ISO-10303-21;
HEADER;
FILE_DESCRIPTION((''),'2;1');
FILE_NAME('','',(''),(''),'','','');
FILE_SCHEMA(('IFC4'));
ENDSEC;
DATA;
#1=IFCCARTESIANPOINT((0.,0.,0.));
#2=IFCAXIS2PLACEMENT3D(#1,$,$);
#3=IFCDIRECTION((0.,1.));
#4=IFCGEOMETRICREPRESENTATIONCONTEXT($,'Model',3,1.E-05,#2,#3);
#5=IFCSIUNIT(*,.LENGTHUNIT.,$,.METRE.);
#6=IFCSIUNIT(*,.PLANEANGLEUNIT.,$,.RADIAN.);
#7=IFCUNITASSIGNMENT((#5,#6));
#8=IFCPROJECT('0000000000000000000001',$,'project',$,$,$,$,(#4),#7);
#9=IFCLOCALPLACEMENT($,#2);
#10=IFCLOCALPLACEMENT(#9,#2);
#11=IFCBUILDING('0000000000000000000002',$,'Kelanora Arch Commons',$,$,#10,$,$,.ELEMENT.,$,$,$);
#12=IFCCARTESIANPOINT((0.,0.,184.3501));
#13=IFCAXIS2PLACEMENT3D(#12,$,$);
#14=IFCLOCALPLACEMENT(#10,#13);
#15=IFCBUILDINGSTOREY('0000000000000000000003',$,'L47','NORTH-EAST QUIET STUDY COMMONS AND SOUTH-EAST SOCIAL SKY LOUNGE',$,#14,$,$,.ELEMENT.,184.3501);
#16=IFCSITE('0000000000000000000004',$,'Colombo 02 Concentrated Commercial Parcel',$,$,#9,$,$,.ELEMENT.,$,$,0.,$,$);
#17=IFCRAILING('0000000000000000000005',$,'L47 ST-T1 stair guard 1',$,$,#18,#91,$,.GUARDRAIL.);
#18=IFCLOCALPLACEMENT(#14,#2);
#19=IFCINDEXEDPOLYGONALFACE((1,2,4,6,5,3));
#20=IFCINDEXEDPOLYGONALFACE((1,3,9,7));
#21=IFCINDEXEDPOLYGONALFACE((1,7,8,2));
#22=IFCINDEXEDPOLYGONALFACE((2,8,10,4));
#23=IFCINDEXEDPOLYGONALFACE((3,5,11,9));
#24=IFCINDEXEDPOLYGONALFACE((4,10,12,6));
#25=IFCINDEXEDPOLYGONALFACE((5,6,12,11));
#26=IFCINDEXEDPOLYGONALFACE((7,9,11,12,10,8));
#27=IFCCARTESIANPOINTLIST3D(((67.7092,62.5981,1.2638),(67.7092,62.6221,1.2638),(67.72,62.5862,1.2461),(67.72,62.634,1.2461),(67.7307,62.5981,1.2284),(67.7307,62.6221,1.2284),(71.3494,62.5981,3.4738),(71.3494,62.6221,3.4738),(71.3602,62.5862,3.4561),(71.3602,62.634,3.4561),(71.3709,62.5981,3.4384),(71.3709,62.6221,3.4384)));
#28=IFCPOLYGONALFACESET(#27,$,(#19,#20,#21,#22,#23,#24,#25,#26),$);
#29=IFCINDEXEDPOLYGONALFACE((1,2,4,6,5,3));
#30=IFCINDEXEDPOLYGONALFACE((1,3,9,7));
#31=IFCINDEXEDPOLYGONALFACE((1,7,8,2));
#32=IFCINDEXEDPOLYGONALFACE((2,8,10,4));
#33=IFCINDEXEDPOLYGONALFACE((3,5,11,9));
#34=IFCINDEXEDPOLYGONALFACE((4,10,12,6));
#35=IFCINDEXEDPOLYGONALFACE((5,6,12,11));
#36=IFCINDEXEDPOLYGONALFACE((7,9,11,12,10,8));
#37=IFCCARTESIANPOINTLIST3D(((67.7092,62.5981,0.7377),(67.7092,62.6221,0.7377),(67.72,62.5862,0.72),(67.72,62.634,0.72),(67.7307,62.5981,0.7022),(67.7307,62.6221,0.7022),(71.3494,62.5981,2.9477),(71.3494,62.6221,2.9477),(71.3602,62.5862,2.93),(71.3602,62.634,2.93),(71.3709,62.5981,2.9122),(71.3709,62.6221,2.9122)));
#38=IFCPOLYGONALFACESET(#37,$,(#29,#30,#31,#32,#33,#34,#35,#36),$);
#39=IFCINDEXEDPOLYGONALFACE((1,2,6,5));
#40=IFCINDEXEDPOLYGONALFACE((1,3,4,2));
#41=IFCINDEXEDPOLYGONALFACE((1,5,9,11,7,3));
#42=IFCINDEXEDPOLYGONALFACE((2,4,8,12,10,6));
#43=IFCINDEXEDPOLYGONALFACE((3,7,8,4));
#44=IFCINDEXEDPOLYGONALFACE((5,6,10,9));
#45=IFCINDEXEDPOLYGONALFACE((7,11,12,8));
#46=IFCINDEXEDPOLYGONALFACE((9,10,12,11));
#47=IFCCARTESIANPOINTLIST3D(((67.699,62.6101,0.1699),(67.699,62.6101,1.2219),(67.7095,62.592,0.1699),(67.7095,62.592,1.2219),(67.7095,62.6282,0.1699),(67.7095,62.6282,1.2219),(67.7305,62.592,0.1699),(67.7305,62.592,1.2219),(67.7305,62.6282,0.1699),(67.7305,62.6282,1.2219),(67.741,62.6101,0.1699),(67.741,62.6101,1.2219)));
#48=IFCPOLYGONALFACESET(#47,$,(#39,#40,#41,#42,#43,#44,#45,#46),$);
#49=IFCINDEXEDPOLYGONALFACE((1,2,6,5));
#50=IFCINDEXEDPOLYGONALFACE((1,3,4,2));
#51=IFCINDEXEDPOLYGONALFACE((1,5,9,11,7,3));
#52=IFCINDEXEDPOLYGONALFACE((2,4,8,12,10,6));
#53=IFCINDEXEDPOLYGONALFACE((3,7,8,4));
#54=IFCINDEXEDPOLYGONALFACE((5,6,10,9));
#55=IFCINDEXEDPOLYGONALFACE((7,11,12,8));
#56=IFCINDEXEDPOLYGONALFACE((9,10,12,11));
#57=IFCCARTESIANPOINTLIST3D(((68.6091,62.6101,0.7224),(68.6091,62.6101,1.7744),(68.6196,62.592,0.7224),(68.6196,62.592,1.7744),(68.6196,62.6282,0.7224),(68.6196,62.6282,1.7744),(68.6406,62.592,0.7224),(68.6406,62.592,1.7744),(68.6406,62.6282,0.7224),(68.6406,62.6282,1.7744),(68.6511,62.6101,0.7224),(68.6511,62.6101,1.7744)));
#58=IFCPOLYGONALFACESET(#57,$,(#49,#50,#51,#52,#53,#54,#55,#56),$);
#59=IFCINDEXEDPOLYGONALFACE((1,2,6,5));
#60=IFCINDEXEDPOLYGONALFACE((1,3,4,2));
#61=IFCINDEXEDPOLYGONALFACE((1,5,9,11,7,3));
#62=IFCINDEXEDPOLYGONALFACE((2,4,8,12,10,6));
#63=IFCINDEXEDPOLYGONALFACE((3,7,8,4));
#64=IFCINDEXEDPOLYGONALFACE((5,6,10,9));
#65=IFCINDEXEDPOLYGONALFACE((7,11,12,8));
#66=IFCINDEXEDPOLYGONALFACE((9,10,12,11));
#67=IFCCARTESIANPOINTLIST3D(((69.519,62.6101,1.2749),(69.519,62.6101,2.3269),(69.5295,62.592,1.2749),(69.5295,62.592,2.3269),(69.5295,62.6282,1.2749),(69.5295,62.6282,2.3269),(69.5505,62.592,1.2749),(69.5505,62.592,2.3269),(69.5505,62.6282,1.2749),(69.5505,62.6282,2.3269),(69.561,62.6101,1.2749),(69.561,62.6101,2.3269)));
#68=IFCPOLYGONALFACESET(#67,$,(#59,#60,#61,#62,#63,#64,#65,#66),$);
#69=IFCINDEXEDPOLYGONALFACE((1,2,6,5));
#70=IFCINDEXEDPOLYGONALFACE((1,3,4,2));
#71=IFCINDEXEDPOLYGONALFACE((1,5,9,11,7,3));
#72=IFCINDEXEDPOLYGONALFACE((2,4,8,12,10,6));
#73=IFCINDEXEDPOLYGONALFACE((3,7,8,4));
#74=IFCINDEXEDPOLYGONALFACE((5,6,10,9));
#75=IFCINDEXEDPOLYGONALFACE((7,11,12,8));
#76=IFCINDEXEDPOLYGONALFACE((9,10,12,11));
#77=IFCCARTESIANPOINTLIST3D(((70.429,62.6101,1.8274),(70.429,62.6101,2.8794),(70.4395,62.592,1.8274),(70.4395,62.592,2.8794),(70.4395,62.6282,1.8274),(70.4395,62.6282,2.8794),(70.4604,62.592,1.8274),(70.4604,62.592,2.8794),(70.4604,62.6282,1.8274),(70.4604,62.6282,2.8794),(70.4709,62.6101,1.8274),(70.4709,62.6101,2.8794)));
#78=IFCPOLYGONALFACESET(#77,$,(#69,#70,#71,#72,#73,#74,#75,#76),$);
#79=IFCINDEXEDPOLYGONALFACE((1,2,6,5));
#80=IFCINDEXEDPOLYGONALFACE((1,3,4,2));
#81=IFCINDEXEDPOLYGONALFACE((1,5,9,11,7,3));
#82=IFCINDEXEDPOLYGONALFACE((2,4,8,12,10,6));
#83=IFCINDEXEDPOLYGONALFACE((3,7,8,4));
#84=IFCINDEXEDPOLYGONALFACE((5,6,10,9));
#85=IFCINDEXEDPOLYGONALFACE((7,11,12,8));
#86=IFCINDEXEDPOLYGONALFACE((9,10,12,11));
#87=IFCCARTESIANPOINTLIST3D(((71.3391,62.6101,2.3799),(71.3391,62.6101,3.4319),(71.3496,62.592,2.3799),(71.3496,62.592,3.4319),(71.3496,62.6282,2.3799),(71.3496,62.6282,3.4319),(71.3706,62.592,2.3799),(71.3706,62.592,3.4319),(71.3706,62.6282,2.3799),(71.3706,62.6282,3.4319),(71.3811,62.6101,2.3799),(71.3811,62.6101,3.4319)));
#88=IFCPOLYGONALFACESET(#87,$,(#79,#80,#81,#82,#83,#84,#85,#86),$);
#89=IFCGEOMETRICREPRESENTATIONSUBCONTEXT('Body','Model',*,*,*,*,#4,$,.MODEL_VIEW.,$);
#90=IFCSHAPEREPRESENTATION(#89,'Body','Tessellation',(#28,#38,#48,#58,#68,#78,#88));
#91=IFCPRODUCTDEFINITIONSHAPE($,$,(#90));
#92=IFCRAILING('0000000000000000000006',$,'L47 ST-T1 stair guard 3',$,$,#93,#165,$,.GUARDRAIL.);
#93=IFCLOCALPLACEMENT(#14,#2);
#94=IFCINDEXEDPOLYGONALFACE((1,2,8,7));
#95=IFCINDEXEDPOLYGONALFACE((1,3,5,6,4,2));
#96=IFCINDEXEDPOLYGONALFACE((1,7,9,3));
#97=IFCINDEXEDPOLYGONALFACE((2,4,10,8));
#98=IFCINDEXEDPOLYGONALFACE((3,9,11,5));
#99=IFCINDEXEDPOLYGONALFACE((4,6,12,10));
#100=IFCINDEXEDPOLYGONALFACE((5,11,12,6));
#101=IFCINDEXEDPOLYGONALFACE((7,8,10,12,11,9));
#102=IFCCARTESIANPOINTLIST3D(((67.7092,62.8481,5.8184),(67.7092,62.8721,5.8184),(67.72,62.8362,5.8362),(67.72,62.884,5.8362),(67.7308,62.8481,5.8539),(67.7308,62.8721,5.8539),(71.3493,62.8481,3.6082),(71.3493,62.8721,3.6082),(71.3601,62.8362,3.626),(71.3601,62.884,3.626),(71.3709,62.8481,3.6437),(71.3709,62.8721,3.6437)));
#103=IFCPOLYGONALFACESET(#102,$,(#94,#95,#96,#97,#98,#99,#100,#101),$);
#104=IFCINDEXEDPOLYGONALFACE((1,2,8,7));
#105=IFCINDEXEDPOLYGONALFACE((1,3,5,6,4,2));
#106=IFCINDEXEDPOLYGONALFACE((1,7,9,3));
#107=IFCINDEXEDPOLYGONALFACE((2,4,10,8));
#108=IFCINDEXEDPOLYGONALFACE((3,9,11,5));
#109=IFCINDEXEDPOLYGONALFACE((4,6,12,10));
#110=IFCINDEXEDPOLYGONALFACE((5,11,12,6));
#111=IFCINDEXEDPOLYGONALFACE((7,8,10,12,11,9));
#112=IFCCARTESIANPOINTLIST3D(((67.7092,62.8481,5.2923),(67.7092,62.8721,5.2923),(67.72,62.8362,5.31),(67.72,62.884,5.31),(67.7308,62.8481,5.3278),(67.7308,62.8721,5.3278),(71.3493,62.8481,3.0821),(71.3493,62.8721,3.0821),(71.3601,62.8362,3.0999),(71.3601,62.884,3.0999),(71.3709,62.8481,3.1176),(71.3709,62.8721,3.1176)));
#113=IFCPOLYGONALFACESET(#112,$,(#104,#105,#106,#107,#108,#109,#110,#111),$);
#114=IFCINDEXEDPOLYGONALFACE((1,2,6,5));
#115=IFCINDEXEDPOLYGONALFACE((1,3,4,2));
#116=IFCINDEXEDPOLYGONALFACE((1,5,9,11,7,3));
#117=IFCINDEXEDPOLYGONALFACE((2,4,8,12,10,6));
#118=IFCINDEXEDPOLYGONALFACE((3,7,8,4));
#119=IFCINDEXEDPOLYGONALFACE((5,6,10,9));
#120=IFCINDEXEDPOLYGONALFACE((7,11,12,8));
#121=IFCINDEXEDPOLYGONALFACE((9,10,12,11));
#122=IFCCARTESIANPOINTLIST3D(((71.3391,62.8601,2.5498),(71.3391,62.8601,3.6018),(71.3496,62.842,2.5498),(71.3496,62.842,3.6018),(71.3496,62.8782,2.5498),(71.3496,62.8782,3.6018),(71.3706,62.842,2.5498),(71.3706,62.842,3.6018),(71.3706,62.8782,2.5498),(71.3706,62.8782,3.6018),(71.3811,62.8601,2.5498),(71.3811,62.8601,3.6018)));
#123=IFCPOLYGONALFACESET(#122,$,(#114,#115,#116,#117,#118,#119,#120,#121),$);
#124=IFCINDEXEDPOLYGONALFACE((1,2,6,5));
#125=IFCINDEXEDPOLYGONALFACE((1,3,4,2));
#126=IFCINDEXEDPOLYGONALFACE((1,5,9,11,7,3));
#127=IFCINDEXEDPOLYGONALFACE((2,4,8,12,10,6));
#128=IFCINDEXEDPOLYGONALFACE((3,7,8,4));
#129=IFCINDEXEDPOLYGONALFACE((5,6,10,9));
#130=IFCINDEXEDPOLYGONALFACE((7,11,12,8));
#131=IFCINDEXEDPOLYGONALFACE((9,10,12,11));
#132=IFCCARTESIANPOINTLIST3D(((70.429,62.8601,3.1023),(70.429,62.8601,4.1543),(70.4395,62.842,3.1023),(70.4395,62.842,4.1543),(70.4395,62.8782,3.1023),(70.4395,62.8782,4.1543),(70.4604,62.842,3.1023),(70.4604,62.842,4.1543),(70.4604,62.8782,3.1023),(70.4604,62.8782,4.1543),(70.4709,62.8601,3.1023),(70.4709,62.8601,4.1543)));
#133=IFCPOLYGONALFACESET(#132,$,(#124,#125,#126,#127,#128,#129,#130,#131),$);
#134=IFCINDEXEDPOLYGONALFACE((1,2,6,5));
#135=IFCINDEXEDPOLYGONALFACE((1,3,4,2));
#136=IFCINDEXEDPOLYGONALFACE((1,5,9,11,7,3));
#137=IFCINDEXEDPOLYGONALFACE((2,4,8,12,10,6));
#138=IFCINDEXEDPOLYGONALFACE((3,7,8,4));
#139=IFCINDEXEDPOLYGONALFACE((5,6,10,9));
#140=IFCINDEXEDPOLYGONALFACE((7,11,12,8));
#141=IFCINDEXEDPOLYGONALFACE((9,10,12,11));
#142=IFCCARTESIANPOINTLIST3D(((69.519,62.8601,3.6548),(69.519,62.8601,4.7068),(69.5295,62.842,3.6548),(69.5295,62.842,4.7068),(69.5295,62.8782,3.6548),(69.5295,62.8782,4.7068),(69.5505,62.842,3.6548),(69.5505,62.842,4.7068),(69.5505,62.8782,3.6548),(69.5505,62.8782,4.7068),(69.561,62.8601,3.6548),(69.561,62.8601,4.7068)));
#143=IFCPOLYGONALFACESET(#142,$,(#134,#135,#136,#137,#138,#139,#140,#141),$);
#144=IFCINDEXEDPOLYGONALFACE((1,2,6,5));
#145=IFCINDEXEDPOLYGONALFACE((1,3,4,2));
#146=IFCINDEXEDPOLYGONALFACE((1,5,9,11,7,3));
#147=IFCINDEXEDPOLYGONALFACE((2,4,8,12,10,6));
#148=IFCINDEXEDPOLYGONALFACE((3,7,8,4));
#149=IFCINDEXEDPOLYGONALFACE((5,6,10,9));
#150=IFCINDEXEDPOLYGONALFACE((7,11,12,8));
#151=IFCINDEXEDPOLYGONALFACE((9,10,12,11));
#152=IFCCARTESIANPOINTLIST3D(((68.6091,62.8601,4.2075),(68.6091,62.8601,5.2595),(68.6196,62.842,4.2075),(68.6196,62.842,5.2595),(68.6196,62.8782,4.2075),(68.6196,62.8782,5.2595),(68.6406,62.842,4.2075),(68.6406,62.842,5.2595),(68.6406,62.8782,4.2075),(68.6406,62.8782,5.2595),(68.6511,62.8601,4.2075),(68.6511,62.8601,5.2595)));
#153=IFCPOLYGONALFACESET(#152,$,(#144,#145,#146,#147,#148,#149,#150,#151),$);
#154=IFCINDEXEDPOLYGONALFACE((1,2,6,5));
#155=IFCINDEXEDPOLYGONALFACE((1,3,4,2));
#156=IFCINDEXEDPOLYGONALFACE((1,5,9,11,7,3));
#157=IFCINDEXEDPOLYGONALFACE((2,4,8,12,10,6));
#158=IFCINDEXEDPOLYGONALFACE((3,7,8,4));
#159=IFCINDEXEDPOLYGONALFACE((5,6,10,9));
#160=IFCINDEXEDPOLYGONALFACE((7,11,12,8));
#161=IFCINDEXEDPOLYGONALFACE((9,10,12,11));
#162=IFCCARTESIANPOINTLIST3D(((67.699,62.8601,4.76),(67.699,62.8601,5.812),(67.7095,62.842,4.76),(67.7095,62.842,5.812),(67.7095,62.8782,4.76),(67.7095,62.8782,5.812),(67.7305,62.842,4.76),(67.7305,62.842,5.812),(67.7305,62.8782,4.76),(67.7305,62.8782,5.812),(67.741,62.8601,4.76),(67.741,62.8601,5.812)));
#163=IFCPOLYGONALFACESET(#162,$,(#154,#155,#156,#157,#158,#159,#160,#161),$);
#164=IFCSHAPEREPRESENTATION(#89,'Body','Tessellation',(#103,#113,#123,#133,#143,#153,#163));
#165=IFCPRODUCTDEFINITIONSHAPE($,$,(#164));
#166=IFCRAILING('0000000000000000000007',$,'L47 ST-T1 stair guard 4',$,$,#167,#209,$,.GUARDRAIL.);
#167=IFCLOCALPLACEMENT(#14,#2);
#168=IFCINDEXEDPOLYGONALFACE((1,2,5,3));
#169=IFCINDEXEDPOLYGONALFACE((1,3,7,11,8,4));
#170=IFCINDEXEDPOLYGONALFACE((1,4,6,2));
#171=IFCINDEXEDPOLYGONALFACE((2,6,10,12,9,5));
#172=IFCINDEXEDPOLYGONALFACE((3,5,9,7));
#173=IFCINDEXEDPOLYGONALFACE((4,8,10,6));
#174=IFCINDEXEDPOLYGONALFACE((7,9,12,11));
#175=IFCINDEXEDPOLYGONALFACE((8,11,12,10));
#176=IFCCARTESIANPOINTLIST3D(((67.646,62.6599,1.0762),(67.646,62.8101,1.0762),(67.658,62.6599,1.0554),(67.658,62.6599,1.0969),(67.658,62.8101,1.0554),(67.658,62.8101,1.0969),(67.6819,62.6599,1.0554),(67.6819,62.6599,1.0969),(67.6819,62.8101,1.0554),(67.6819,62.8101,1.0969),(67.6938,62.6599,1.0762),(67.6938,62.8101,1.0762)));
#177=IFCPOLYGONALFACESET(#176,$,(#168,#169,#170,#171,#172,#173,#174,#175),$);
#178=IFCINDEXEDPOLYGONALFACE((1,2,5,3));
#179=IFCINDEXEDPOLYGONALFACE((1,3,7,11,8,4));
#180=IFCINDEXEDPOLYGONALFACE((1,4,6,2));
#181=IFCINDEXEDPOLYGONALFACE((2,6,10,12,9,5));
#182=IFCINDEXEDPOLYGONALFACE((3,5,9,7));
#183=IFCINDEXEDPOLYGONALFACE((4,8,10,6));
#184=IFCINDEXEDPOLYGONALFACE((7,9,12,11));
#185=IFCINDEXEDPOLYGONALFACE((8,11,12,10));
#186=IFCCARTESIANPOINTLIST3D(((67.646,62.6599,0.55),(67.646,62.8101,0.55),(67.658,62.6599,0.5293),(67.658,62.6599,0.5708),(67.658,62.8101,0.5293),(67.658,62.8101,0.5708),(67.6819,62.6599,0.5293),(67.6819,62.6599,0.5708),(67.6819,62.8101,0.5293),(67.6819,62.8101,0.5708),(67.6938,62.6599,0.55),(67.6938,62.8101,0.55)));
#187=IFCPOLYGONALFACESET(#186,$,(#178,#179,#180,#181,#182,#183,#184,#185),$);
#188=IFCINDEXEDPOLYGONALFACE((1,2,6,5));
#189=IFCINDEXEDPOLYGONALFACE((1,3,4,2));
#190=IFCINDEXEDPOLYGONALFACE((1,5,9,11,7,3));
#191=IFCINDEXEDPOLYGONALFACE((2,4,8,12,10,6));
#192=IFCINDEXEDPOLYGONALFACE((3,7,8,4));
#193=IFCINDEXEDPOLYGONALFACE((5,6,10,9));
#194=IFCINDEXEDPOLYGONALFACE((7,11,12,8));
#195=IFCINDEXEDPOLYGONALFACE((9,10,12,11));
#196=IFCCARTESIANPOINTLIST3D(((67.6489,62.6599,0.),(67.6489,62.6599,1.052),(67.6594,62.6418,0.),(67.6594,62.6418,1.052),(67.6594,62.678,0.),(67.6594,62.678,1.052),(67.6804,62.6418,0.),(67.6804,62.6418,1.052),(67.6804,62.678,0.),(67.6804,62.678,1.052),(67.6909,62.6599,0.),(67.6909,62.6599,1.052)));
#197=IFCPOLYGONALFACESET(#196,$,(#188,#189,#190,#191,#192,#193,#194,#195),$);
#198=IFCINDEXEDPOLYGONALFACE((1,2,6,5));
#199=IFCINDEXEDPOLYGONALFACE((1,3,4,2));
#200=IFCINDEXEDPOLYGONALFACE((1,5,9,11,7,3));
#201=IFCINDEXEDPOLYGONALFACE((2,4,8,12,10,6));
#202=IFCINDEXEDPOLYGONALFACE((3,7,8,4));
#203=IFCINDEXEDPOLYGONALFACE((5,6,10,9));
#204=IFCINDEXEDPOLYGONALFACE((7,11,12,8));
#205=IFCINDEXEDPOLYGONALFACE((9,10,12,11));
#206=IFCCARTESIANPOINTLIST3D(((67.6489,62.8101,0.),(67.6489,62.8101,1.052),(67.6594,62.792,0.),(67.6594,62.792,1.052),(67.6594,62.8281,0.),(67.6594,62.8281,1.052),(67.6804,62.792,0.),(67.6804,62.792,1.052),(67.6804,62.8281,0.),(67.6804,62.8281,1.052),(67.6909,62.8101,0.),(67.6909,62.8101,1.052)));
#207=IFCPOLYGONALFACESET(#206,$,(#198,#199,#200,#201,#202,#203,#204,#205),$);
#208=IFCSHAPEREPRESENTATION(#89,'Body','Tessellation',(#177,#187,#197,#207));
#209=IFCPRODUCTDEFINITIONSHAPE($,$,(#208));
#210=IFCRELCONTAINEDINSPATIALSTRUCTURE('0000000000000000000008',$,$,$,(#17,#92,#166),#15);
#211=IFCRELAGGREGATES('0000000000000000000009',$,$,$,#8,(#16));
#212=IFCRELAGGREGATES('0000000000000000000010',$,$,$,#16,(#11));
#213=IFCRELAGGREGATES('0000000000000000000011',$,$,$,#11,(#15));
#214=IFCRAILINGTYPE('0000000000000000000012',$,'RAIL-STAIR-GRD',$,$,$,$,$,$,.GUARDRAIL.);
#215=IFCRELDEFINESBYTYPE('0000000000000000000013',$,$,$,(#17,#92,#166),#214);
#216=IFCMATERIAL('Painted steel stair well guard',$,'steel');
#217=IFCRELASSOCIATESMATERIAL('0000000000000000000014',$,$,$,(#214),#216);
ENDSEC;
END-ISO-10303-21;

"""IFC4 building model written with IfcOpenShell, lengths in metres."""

from ifc_helpers import new_model, si_unit, direction, frame, origin, place, context, subcontext, project, spatial, polyline, outline, extrude, material, type_object, element, save


model = new_model("IFC4")

# Units and contexts
model_context = context("Model", 3, precision=1e-05, world=origin(), true_north=direction((0.0, 1.0)))
body_context = subcontext(model_context, "Body", "Model", "MODEL_VIEW")
ifc_project = project(units=[si_unit("LENGTHUNIT", "METRE"), si_unit("PLANEANGLEUNIT", "RADIAN")], contexts=[model_context])

# Site, building, storey
site_placement = place(None, origin())
site = spatial("IfcSite", under=ifc_project, at=site_placement, Name="Colombo 02 Concentrated Commercial Parcel", CompositionType="ELEMENT", RefElevation=0.0)
building_placement = place(site_placement, origin())
building = spatial("IfcBuilding", under=site, at=building_placement, Name="Kelanora Arch Commons", CompositionType="ELEMENT")
storey_placement = place(building_placement, frame((0.0, 0.0, 184.3501)))
storey = spatial("IfcBuildingStorey", under=building, at=storey_placement, Name="L47", Description="NORTH-EAST QUIET STUDY COMMONS AND SOUTH-EAST SOCIAL SKY LOUNGE", CompositionType="ELEMENT", Elevation=184.3501)

# Railings
ifc_material_1 = material(Name="Painted steel stair well guard", Category="steel")
railing_type_1 = type_object("IfcRailingType", Name="RAIL-STAIR-GRD", PredefinedType="GUARDRAIL", material=ifc_material_1)
railing_1_placement = place(storey_placement, frame((67.72, 62.6101, 0.1699)))
element("IfcRailing", 1, at=railing_1_placement, inside=storey, type_object=railing_type_1, Name="L47 ST-T1 stair guard 1", PredefinedType="GUARDRAIL", context=body_context, shape_type="SweptSolid", body=[
    extrude(outline(polyline([(0.0239, 0.0), (0.012, 0.0208), (-0.012, 0.0208), (-0.0239, 0.0), (-0.012, -0.0208), (0.012, -0.0208), (0.0239, 0.0)])), frame((0.0, 0.0, 1.0762), z_axis=(0.8548, 0.0, 0.518957), x_axis=(0.0, 1.0, 0.0)), (0.0, 0.0, 1.0), 4.2585),
    extrude(outline(polyline([(0.0239, 0.0), (0.012, 0.0208), (-0.012, 0.0208), (-0.0239, 0.0), (-0.012, -0.0208), (0.012, -0.0208), (0.0239, 0.0)])), frame((0.0, 0.0, 0.55), z_axis=(0.8548, 0.0, 0.518957), x_axis=(0.0, 1.0, 0.0)), (0.0, 0.0, 1.0), 4.2585),
    extrude(outline(polyline([(0.021, 0.0), (0.0105, 0.0181), (-0.0105, 0.0181), (-0.021, 0.0), (-0.0105, -0.0181), (0.0105, -0.0181), (0.021, 0.0)])), origin(), (0.0, 0.0, 1.0), 1.052),
    extrude(outline(polyline([(0.021, 0.0), (0.0105, 0.0181), (-0.0105, 0.0181), (-0.021, 0.0), (-0.0105, -0.0181), (0.0105, -0.0181), (0.021, 0.0)])), frame((0.9102, 0.0, 0.5525)), (0.0, 0.0, 1.0), 1.052),
    extrude(outline(polyline([(0.021, 0.0), (0.0105, 0.0181), (-0.0105, 0.0181), (-0.021, 0.0), (-0.0105, -0.0181), (0.0105, -0.0181), (0.021, 0.0)])), frame((1.8201, 0.0, 1.105)), (0.0, 0.0, 1.0), 1.052),
    extrude(outline(polyline([(0.021, 0.0), (0.0105, 0.0181), (-0.0105, 0.0181), (-0.021, 0.0), (-0.0105, -0.0181), (0.0105, -0.0181), (0.021, 0.0)])), frame((2.73, 0.0, 1.6575)), (0.0, 0.0, 1.0), 1.052),
    extrude(outline(polyline([(0.021, 0.0), (0.0105, 0.0181), (-0.0105, 0.0181), (-0.021, 0.0), (-0.0105, -0.0181), (0.0105, -0.0181), (0.021, 0.0)])), frame((3.6401, 0.0, 2.21)), (0.0, 0.0, 1.0), 1.052),
])
railing_2_placement = place(storey_placement, frame((71.3601, 62.8601, 2.5498)))
element("IfcRailing", 2, at=railing_2_placement, inside=storey, type_object=railing_type_1, Name="L47 ST-T1 stair guard 3", PredefinedType="GUARDRAIL", context=body_context, shape_type="SweptSolid", body=[
    extrude(outline(polyline([(0.0239, 0.0), (0.012, 0.0208), (-0.012, 0.0208), (-0.0239, 0.0), (-0.012, -0.0208), (0.012, -0.0208), (0.0239, 0.0)])), frame((0.0, 0.0, 1.0762), z_axis=(-0.854775, 0.0, 0.518999), x_axis=(0.0, -1.0, 0.0)), (0.0, 0.0, 1.0), 4.2585),
    extrude(outline(polyline([(0.0239, 0.0), (0.012, 0.0208), (-0.012, 0.0208), (-0.0239, 0.0), (-0.012, -0.0208), (0.012, -0.0208), (0.0239, 0.0)])), frame((0.0, 0.0, 0.55), z_axis=(-0.854775, 0.0, 0.518999), x_axis=(0.0, -1.0, 0.0)), (0.0, 0.0, 1.0), 4.2585),
    extrude(outline(polyline([(0.021, 0.0), (0.0105, 0.0181), (-0.0105, 0.0181), (-0.021, 0.0), (-0.0105, -0.0181), (0.0105, -0.0181), (0.021, 0.0)])), origin(), (0.0, 0.0, 1.0), 1.052),
    extrude(outline(polyline([(0.021, 0.0), (0.0105, 0.0181), (-0.0105, 0.0181), (-0.021, 0.0), (-0.0105, -0.0181), (0.0105, -0.0181), (0.021, 0.0)])), frame((-0.9102, 0.0, 0.5525)), (0.0, 0.0, 1.0), 1.052),
    extrude(outline(polyline([(0.021, 0.0), (0.0105, 0.0181), (-0.0105, 0.0181), (-0.021, 0.0), (-0.0105, -0.0181), (0.0105, -0.0181), (0.021, 0.0)])), frame((-1.8201, 0.0, 1.105)), (0.0, 0.0, 1.0), 1.052),
    extrude(outline(polyline([(0.021, 0.0), (0.0105, 0.0181), (-0.0105, 0.0181), (-0.021, 0.0), (-0.0105, -0.0181), (0.0105, -0.0181), (0.021, 0.0)])), frame((-2.73, 0.0, 1.6577)), (0.0, 0.0, 1.0), 1.052),
    extrude(outline(polyline([(0.021, 0.0), (0.0105, 0.0181), (-0.0105, 0.0181), (-0.021, 0.0), (-0.0105, -0.0181), (0.0105, -0.0181), (0.021, 0.0)])), frame((-3.6401, 0.0, 2.2102)), (0.0, 0.0, 1.0), 1.052),
])
railing_3_placement = place(storey_placement, frame((67.6699, 62.6599, 0.0)))
element("IfcRailing", 3, at=railing_3_placement, inside=storey, type_object=railing_type_1, Name="L47 ST-T1 stair guard 4", PredefinedType="GUARDRAIL", context=body_context, shape_type="SweptSolid", body=[
    extrude(outline(polyline([(0.0239, 0.0), (0.012, 0.0208), (-0.012, 0.0208), (-0.0239, 0.0), (-0.012, -0.0208), (0.012, -0.0208), (0.0239, 0.0)])), frame((0.0, 0.0, 1.0762), z_axis=(0.0, 1.0, 0.0), x_axis=(-1.0, 0.0, 0.0)), (0.0, 0.0, 1.0), 0.1501),
    extrude(outline(polyline([(0.0239, 0.0), (0.012, 0.0208), (-0.012, 0.0208), (-0.0239, 0.0), (-0.012, -0.0208), (0.012, -0.0208), (0.0239, 0.0)])), frame((0.0, 0.0, 0.55), z_axis=(0.0, 1.0, 0.0), x_axis=(-1.0, 0.0, 0.0)), (0.0, 0.0, 1.0), 0.1501),
    extrude(outline(polyline([(0.021, 0.0), (0.0105, 0.0181), (-0.0105, 0.0181), (-0.021, 0.0), (-0.0105, -0.0181), (0.0105, -0.0181), (0.021, 0.0)])), origin(), (0.0, 0.0, 1.0), 1.052),
    extrude(outline(polyline([(0.021, 0.0), (0.0105, 0.0181), (-0.0105, 0.0181), (-0.021, 0.0), (-0.0105, -0.0181), (0.0105, -0.0181), (0.021, 0.0)])), frame((0.0, 0.1501, 0.0)), (0.0, 0.0, 1.0), 1.052),
])

save(model, "model.ifc")
